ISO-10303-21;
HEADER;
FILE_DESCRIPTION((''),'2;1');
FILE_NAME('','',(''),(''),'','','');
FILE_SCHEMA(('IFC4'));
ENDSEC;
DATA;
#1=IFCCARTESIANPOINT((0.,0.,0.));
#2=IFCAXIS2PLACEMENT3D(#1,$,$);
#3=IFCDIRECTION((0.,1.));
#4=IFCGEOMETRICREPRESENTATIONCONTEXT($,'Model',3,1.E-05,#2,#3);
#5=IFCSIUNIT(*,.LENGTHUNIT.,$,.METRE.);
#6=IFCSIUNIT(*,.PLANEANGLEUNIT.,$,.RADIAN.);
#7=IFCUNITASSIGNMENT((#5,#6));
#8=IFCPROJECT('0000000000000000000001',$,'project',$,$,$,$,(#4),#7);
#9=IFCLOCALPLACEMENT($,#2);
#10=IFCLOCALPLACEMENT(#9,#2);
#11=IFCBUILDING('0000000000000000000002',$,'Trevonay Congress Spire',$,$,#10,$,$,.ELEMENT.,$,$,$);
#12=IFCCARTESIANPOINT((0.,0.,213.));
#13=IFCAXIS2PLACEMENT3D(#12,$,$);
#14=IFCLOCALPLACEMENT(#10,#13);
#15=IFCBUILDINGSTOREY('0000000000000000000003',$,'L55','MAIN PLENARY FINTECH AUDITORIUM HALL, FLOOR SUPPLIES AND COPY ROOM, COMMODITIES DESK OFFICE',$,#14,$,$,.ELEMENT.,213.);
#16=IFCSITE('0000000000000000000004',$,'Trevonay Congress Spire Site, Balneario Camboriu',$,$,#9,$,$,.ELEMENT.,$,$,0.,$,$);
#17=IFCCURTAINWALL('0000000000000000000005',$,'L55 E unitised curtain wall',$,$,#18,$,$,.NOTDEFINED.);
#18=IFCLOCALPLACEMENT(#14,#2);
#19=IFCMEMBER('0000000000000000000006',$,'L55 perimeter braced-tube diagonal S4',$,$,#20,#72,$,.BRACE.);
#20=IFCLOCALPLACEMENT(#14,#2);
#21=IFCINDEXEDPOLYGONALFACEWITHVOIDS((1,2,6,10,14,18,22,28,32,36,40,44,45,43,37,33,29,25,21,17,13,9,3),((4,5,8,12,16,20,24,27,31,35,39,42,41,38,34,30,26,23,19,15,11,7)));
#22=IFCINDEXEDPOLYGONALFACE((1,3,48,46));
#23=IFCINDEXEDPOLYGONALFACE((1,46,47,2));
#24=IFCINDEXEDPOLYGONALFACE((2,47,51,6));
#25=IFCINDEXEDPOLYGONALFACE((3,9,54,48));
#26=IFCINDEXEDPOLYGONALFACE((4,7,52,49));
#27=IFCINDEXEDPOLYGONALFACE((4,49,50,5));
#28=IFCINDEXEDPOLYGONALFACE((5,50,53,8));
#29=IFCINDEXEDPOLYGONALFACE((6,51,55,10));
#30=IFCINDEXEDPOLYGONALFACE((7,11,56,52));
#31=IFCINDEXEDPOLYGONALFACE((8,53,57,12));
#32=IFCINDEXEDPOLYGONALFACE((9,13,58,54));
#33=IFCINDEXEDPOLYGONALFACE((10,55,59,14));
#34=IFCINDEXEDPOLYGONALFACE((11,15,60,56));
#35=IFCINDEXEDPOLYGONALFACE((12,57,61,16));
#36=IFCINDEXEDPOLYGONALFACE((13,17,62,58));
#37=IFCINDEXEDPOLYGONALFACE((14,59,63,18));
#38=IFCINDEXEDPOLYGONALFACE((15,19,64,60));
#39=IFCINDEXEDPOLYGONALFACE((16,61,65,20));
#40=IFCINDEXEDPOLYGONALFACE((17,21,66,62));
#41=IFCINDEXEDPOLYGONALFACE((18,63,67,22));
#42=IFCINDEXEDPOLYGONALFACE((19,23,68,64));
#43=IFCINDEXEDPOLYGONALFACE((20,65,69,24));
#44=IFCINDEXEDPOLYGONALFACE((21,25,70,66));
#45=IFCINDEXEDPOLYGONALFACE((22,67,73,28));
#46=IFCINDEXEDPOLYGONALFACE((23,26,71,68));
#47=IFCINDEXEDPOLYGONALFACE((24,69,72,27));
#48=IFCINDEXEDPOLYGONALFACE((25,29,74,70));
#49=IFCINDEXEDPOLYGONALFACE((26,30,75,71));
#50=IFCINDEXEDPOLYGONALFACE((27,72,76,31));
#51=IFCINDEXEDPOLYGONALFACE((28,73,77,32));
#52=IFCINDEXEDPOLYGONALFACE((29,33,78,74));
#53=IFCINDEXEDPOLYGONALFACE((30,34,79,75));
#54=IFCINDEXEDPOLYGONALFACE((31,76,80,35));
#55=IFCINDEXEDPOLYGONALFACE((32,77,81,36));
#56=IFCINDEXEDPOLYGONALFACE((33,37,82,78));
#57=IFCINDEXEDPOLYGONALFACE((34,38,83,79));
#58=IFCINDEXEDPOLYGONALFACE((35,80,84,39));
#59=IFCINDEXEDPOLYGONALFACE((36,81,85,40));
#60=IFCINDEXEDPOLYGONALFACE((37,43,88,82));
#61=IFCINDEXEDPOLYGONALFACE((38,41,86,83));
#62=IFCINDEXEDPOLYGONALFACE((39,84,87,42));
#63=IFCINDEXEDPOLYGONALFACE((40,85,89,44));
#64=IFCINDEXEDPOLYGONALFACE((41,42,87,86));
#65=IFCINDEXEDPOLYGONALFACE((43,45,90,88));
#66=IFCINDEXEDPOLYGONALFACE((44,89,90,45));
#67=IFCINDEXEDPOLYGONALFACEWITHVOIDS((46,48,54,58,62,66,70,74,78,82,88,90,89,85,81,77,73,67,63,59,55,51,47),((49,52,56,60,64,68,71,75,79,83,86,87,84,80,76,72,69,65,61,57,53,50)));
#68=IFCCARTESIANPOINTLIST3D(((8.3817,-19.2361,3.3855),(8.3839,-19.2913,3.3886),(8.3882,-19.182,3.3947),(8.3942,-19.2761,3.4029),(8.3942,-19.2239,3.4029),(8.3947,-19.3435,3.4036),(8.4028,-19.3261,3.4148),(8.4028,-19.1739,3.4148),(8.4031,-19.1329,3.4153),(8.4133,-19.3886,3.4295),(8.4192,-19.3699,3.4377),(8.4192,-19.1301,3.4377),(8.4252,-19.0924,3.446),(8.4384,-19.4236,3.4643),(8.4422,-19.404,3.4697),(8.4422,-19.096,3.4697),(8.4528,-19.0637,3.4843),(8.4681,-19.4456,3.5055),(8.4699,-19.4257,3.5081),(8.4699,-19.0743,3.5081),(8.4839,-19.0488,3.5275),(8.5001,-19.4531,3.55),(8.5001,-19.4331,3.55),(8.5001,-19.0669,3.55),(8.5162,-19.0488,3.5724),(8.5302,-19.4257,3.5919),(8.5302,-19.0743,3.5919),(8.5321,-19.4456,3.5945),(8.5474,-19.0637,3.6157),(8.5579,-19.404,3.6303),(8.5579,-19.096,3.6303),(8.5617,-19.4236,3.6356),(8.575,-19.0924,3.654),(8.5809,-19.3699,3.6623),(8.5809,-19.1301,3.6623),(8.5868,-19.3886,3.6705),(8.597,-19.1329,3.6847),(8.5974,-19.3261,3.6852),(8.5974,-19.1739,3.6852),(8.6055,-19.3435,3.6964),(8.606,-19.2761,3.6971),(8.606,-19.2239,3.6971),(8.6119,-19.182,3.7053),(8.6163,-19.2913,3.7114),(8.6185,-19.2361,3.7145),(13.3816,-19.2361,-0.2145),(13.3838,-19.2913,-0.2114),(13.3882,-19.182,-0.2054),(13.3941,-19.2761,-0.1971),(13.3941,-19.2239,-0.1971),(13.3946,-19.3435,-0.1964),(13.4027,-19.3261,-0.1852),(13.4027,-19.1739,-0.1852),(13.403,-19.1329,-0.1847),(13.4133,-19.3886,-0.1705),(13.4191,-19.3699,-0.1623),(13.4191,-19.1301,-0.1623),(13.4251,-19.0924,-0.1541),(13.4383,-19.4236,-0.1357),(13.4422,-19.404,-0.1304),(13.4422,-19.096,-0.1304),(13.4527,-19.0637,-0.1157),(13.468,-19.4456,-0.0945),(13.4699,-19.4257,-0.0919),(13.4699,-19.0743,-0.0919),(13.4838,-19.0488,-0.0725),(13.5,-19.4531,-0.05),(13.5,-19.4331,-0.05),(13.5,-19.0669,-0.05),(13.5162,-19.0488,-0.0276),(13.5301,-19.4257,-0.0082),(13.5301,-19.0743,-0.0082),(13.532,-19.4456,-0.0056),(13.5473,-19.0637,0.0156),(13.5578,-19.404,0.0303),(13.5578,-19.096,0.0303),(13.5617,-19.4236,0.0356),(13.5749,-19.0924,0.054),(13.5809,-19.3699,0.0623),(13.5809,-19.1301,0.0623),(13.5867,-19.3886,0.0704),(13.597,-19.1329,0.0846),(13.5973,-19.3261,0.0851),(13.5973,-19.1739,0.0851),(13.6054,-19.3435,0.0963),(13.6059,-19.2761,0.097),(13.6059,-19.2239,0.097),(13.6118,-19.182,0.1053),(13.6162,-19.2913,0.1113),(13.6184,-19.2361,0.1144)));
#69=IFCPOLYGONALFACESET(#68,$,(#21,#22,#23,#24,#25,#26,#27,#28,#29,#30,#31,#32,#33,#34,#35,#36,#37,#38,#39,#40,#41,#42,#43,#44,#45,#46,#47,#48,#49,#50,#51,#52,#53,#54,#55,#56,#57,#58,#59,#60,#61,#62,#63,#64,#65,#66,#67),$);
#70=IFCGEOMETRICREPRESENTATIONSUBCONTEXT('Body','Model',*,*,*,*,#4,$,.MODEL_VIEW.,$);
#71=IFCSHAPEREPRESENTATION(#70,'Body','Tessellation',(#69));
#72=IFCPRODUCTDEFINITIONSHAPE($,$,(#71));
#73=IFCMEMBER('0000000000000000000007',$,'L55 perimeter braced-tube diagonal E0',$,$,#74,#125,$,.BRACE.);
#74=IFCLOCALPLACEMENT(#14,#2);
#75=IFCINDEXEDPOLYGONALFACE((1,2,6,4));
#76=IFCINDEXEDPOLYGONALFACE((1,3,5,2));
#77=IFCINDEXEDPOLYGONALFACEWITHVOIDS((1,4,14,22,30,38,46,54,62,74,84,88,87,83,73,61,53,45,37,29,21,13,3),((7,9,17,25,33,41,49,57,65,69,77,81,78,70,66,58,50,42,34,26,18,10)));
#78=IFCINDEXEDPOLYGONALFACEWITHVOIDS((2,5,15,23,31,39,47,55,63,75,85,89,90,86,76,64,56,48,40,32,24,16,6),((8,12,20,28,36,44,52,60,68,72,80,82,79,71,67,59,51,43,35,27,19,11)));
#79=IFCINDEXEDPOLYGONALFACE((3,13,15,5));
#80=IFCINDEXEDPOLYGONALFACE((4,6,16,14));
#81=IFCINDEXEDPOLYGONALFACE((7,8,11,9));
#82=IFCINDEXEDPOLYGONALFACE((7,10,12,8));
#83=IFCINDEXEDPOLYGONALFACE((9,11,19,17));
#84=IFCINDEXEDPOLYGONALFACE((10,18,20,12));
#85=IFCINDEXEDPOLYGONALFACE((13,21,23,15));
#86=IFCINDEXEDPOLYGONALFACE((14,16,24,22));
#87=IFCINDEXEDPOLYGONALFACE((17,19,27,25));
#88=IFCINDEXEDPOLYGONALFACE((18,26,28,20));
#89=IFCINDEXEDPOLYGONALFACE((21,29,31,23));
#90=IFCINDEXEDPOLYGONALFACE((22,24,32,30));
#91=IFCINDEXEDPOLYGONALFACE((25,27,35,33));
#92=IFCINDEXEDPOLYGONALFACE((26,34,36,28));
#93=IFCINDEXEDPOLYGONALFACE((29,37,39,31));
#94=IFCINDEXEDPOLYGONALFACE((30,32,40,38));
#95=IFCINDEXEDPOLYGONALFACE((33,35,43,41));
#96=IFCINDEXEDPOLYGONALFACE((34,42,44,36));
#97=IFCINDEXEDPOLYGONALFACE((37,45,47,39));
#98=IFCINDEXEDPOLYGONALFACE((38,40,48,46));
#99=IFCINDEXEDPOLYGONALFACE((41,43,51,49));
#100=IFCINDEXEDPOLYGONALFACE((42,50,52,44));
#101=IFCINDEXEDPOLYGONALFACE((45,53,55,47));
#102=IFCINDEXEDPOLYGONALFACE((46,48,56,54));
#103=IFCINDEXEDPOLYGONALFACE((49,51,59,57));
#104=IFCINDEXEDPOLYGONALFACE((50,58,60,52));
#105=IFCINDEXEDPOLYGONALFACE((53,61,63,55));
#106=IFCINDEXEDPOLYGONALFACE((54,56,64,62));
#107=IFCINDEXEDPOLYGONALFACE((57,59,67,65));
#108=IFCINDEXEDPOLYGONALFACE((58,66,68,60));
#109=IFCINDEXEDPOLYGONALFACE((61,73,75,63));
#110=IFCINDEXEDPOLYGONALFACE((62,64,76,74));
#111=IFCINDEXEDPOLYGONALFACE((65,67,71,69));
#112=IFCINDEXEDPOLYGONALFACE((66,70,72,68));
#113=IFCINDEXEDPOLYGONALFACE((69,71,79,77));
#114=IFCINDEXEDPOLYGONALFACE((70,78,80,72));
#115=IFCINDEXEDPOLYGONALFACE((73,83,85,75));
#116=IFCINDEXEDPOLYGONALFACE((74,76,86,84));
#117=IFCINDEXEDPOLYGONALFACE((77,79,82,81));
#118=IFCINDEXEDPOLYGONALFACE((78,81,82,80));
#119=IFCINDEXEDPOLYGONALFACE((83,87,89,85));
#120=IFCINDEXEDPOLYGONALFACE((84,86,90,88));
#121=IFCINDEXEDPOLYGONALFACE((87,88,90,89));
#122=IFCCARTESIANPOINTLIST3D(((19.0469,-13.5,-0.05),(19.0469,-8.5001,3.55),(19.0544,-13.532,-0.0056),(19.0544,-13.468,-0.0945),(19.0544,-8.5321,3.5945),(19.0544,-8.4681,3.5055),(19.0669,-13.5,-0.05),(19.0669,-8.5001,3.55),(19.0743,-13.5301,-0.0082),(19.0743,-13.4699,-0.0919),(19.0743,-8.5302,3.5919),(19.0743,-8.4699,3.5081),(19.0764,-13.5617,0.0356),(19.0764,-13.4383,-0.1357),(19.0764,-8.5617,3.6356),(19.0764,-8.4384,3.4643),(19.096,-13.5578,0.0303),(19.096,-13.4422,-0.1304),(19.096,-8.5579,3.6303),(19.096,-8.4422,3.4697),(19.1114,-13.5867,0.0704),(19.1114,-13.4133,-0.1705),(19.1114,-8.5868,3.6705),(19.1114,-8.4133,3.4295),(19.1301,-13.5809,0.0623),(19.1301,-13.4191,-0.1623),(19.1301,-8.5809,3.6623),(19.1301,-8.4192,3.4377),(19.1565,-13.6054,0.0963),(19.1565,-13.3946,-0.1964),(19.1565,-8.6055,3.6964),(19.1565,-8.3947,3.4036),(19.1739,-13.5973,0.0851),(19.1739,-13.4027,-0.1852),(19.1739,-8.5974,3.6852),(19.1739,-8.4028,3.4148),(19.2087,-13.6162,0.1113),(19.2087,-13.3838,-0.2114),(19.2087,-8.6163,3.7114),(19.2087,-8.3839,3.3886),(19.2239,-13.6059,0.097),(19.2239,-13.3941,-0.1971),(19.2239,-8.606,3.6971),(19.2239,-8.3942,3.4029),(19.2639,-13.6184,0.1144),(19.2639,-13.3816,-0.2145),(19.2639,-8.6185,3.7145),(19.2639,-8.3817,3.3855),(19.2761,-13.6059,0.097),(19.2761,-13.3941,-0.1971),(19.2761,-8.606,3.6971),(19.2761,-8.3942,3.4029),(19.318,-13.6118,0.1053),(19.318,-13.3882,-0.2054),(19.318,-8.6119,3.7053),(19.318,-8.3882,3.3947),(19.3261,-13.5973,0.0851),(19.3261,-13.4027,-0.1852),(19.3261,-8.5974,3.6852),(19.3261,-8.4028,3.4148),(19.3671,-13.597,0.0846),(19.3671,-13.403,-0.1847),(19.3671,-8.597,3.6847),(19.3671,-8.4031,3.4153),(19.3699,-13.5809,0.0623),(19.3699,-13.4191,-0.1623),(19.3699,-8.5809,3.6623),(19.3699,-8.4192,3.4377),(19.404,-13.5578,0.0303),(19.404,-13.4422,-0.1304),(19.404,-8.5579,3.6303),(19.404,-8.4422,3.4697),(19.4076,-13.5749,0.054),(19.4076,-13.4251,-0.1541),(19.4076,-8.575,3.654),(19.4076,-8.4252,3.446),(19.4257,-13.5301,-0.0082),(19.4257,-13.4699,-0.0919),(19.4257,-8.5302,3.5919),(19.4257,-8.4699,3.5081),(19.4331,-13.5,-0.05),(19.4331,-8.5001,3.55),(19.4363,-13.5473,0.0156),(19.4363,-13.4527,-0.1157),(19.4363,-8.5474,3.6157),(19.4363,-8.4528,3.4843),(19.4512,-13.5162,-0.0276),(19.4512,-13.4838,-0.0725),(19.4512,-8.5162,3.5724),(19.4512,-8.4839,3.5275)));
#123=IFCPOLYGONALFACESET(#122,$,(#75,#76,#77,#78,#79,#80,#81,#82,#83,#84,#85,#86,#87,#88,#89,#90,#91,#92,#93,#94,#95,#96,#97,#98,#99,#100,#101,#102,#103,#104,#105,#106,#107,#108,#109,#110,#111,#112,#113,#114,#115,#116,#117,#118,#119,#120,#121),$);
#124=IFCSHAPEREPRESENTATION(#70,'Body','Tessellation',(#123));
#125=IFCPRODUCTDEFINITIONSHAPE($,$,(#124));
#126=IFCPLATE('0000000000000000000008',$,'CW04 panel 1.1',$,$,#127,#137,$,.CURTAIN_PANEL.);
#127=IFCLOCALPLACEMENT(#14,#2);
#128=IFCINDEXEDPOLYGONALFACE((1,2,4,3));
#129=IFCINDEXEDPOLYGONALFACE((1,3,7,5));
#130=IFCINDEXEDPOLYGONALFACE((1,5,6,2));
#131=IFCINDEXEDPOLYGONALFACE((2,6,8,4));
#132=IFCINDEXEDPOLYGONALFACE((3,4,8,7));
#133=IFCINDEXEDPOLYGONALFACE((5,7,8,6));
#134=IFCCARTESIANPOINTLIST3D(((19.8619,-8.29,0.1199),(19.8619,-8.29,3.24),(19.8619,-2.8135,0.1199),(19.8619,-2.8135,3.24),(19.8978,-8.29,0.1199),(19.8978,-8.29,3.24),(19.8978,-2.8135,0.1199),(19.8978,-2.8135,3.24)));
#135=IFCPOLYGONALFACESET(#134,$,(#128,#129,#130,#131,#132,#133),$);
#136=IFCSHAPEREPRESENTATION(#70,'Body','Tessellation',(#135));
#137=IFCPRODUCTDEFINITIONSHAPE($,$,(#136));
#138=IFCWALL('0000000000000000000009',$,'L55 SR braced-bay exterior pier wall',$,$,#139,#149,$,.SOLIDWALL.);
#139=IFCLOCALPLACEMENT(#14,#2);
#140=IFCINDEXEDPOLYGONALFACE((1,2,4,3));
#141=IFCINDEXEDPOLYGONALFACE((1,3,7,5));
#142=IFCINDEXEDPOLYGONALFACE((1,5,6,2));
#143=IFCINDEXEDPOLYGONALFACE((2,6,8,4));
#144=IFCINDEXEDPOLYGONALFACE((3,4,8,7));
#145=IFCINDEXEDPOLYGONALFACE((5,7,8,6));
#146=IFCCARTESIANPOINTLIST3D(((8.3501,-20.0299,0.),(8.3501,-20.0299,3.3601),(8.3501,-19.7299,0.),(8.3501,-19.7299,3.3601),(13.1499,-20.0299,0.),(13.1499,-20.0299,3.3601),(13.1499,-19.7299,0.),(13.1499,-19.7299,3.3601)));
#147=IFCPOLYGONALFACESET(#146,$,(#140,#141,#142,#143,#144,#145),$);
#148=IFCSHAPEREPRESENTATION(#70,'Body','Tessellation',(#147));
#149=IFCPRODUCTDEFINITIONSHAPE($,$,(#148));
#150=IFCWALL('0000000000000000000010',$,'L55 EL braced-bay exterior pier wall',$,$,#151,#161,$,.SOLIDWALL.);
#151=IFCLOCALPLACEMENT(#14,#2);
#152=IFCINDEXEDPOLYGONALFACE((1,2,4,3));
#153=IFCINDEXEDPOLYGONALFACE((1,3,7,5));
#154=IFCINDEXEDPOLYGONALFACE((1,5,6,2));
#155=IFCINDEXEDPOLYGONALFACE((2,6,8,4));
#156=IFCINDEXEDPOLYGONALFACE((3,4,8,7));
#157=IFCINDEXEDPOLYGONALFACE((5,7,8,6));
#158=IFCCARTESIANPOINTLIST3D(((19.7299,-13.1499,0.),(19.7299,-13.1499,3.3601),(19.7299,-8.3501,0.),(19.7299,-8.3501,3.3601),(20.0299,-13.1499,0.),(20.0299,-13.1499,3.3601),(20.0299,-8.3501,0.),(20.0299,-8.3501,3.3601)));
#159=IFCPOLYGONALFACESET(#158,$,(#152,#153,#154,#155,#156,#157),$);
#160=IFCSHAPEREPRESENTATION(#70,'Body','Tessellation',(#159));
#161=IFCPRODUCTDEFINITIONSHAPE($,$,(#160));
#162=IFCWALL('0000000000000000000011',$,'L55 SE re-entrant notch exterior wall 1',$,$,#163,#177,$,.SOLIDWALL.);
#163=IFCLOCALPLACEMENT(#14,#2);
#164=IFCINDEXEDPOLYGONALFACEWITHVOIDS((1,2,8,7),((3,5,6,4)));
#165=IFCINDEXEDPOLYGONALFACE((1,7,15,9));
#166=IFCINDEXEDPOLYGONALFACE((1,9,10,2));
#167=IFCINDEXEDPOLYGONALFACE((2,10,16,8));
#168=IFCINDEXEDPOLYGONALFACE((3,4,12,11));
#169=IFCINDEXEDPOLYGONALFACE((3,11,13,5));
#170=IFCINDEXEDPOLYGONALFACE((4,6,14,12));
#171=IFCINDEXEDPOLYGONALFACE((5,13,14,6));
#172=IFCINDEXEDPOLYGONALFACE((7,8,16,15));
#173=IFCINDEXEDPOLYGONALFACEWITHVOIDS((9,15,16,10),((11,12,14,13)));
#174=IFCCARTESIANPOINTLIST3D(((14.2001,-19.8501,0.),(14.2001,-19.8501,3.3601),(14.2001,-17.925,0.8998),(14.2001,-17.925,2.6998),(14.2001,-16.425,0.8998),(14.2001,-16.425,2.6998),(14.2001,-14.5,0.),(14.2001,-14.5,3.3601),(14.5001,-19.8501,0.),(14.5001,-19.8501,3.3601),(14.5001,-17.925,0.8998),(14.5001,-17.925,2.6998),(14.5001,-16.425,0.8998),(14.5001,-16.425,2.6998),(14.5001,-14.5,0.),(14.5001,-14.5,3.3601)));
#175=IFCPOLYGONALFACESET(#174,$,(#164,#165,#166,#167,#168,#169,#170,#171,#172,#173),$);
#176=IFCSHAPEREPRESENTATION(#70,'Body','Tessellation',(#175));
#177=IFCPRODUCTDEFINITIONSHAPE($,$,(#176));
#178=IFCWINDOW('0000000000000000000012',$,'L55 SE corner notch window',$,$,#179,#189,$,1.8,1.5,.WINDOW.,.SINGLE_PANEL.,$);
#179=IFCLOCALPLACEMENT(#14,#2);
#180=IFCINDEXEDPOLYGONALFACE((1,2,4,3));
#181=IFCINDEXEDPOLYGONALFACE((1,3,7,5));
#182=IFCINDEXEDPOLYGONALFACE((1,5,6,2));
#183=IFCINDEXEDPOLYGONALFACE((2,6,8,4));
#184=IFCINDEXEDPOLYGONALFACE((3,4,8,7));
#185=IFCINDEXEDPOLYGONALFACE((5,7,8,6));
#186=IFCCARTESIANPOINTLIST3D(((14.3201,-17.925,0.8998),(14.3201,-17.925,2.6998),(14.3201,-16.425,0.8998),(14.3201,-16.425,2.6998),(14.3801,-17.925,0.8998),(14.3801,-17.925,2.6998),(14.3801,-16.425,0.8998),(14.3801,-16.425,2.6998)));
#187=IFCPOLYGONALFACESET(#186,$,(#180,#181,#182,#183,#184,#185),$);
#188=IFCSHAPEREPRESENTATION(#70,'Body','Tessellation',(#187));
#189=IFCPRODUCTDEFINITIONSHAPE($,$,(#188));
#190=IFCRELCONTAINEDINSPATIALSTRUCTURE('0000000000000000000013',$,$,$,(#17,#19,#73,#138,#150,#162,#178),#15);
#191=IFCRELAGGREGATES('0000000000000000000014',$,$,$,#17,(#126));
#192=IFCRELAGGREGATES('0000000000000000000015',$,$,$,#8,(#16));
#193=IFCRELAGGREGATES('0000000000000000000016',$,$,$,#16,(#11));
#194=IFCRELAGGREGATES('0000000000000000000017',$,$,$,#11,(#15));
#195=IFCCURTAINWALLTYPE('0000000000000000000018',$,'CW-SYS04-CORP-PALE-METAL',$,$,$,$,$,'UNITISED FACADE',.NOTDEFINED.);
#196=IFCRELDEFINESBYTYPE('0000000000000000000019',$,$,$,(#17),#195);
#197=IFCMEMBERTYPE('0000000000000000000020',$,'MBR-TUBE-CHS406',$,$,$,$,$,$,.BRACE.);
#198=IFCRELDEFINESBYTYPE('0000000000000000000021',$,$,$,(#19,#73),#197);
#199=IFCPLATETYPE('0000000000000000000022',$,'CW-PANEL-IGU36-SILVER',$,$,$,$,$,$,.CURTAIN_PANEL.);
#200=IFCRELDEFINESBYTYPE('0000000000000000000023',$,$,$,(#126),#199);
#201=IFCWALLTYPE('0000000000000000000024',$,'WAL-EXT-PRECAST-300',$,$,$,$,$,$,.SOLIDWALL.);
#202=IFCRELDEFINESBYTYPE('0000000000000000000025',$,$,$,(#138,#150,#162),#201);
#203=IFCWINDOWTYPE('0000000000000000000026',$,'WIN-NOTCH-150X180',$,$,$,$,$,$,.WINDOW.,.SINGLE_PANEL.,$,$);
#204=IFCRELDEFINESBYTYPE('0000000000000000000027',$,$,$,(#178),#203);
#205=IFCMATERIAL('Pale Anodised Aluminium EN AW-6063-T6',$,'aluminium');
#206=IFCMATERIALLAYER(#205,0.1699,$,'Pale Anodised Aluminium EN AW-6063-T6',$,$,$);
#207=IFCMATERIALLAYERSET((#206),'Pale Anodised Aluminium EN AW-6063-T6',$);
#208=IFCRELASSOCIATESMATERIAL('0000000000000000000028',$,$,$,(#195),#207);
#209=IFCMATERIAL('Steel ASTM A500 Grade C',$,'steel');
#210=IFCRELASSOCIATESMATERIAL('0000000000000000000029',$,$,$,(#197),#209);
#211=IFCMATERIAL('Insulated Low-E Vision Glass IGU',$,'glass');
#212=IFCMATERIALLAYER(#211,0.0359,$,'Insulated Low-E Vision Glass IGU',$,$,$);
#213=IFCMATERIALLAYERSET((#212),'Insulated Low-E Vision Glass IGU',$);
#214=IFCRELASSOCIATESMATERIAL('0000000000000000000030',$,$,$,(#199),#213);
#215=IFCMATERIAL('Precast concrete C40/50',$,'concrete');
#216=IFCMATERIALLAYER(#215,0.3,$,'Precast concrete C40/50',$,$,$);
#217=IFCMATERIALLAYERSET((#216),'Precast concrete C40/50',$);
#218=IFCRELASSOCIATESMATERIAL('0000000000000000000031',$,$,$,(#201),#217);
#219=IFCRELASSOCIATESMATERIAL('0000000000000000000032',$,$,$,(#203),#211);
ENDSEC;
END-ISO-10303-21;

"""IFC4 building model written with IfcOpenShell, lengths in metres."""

from ifc_helpers import new_model, si_unit, direction, frame, frame_2d, origin, origin_2d, place, context, subcontext, project, spatial, rectangle, hollow_circle, extrude, material, layer, layer_set, material_profile, profile_set, type_object, element, fill, aggregate, save


model = new_model("IFC4")

# Units and contexts
model_context = context("Model", 3, precision=1e-05, world=origin(), true_north=direction((0.0, 1.0)))
body_context = subcontext(model_context, "Body", "Model", "MODEL_VIEW")
ifc_project = project(units=[si_unit("LENGTHUNIT", "METRE"), si_unit("PLANEANGLEUNIT", "RADIAN")], contexts=[model_context])

# Site, building, storey
site_placement = place(None, origin())
site = spatial("IfcSite", under=ifc_project, at=site_placement, Name="Trevonay Congress Spire Site, Balneario Camboriu", CompositionType="ELEMENT", RefElevation=0.0)
building_placement = place(site_placement, origin())
building = spatial("IfcBuilding", under=site, at=building_placement, Name="Trevonay Congress Spire", CompositionType="ELEMENT")
storey_placement = place(building_placement, frame((0.0, 0.0, 213.0)))
storey = spatial("IfcBuildingStorey", under=building, at=storey_placement, Name="L55", Description="MAIN PLENARY FINTECH AUDITORIUM HALL, FLOOR SUPPLIES AND COPY ROOM, COMMODITIES DESK OFFICE", CompositionType="ELEMENT", Elevation=213.0)

# Shared definitions
ifc_material_1 = material(Name="Pale Anodised Aluminium EN AW-6063-T6", Category="aluminium")
ifc_layer_1 = layer(ifc_material_1, 0.1699, Name="Pale Anodised Aluminium EN AW-6063-T6")
ifc_layer_set_1 = layer_set([ifc_layer_1], Name="Pale Anodised Aluminium EN AW-6063-T6")
curtain_wall_type = type_object("IfcCurtainWallType", Name="CW-SYS04-CORP-PALE-METAL", ElementType="UNITISED FACADE", PredefinedType="NOTDEFINED", material=ifc_layer_set_1)

# Curtain wall
curtain_wall_1_placement = place(storey_placement, origin())
curtain_wall_1 = element("IfcCurtainWall", 1, at=curtain_wall_1_placement, inside=storey, type_object=curtain_wall_type, Name="L55 E unitised curtain wall", PredefinedType="NOTDEFINED")

# Members
ifc_material_2 = material(Name="Steel ASTM A500 Grade C", Category="steel")
ifc_material_profile_1 = material_profile(ifc_material_2, hollow_circle(Radius=0.2031, WallThickness=0.02, at=origin_2d()), Name="CHS 406.4x20")
ifc_profile_set_1 = profile_set([ifc_material_profile_1], Name="Steel ASTM A500 Grade C")
member_type_1 = type_object("IfcMemberType", Name="MBR-TUBE-CHS406", PredefinedType="BRACE", material=ifc_profile_set_1)
for number, where, z_axis, x_axis, name in (
    (2, (13.5, -19.25, -0.05), (-0.811527, 0.0, 0.584315), (0.0, -1.0, 0.0), "L55 perimeter braced-tube diagonal S4"),
    (3, (19.25, -13.5, -0.05), (0.0, 0.811527, 0.584315), (-1.0, 0.0, 0.0), "L55 perimeter braced-tube diagonal E0"),
):
    element("IfcMember", number, at=place(storey_placement, frame(where, z_axis=z_axis, x_axis=x_axis)), inside=storey, type_object=member_type_1, Name=name, PredefinedType="BRACE", context=body_context, shape_type="SweptSolid", body=[
        extrude(hollow_circle(Radius=0.2031, WallThickness=0.02, at=origin_2d()), origin(), (0.0, 0.0, 1.0), 6.1611),
    ])

# Plate
ifc_material_3 = material(Name="Insulated Low-E Vision Glass IGU", Category="glass")
ifc_layer_2 = layer(ifc_material_3, 0.0359, Name="Insulated Low-E Vision Glass IGU")
ifc_layer_set_2 = layer_set([ifc_layer_2], Name="Insulated Low-E Vision Glass IGU")
plate_type = type_object("IfcPlateType", Name="CW-PANEL-IGU36-SILVER", PredefinedType="CURTAIN_PANEL", material=ifc_layer_set_2)
plate_placement = place(storey_placement, frame((19.8799, -5.5518, 0.1199), z_axis=(0.0, 0.0, 1.0), x_axis=(0.0, 1.0, 0.0)))
plate = element("IfcPlate", 4, at=plate_placement, type_object=plate_type, Name="CW04 panel 1.1", PredefinedType="CURTAIN_PANEL", context=body_context, shape_type="SweptSolid", body=[
    extrude(rectangle(XDim=5.4766, YDim=0.0359, at=origin_2d()), origin(), (0.0, 0.0, 1.0), 3.1201),
])
aggregate(curtain_wall_1, [plate])

# Walls
ifc_material_4 = material(Name="Precast concrete C40/50", Category="concrete")
ifc_layer_3 = layer(ifc_material_4, 0.3, Name="Precast concrete C40/50")
ifc_layer_set_3 = layer_set([ifc_layer_3], Name="Precast concrete C40/50")
wall_type_1 = type_object("IfcWallType", Name="WAL-EXT-PRECAST-300", PredefinedType="SOLIDWALL", material=ifc_layer_set_3)
for number, where, z_axis, x_axis, name in (
    (5, (8.3501, -19.8799, 0.0), (0.0, 0.0, 1.0), (1.0, 0.0, 0.0), "L55 SR braced-bay exterior pier wall"),
    (6, (19.8799, -13.1499, 0.0), (0.0, 0.0, 1.0), (0.0, 1.0, 0.0), "L55 EL braced-bay exterior pier wall"),
):
    element("IfcWall", number, at=place(storey_placement, frame(where, z_axis=z_axis, x_axis=x_axis)), inside=storey, type_object=wall_type_1, Name=name, PredefinedType="SOLIDWALL", context=body_context, shape_type="SweptSolid", body=[
        extrude(rectangle(XDim=4.7998, YDim=0.3, at=frame_2d((2.3999, 0.0))), origin(), (0.0, 0.0, 1.0), 3.3601),
    ])

# Wall, opening, window
wall_1_placement = place(storey_placement, frame((14.3501, -19.8501, 0.0), z_axis=(0.0, 0.0, 1.0), x_axis=(0.0, 1.0, 0.0)))
wall_1 = element("IfcWall", 7, at=wall_1_placement, inside=storey, type_object=wall_type_1, Name="L55 SE re-entrant notch exterior wall 1", PredefinedType="SOLIDWALL", context=body_context, shape_type="SweptSolid", body=[
    extrude(rectangle(XDim=5.3501, YDim=0.3, at=frame_2d((2.675, 0.0))), origin(), (0.0, 0.0, 1.0), 3.3601),
])
opening_placement = place(wall_1_placement, frame((1.925, 0.0, 0.8999)))
opening = element("IfcOpeningElement", 8, at=opening_placement, cuts=wall_1, PredefinedType="OPENING", context=body_context, shape_type="SweptSolid", body=[
    extrude(rectangle(XDim=1.5, YDim=1.8, at=frame_2d((0.75, 0.8999))), frame((0.0, 0.1602, 0.0), z_axis=(0.0, -1.0, 0.0), x_axis=(1.0, 0.0, 0.0)), (0.0, 0.0, 1.0), 0.3201),
])
window_type = type_object("IfcWindowType", Name="WIN-NOTCH-150X180", PartitioningType="SINGLE_PANEL", PredefinedType="WINDOW", material=ifc_material_3)
window_placement = place(opening_placement, origin())
window = element("IfcWindow", 9, at=window_placement, inside=storey, type_object=window_type, Name="L55 SE corner notch window", OverallHeight=1.8, OverallWidth=1.5, PartitioningType="SINGLE_PANEL", PredefinedType="WINDOW", context=body_context, shape_type="SweptSolid", body=[
    extrude(rectangle(XDim=1.5, YDim=1.8, at=frame_2d((0.75, 0.8999))), frame((0.0, 0.03, 0.0), z_axis=(0.0, -1.0, 0.0), x_axis=(1.0, 0.0, 0.0)), (0.0, 0.0, 1.0), 0.0601),
])
fill(opening, window)

save(model, "model.ifc")
